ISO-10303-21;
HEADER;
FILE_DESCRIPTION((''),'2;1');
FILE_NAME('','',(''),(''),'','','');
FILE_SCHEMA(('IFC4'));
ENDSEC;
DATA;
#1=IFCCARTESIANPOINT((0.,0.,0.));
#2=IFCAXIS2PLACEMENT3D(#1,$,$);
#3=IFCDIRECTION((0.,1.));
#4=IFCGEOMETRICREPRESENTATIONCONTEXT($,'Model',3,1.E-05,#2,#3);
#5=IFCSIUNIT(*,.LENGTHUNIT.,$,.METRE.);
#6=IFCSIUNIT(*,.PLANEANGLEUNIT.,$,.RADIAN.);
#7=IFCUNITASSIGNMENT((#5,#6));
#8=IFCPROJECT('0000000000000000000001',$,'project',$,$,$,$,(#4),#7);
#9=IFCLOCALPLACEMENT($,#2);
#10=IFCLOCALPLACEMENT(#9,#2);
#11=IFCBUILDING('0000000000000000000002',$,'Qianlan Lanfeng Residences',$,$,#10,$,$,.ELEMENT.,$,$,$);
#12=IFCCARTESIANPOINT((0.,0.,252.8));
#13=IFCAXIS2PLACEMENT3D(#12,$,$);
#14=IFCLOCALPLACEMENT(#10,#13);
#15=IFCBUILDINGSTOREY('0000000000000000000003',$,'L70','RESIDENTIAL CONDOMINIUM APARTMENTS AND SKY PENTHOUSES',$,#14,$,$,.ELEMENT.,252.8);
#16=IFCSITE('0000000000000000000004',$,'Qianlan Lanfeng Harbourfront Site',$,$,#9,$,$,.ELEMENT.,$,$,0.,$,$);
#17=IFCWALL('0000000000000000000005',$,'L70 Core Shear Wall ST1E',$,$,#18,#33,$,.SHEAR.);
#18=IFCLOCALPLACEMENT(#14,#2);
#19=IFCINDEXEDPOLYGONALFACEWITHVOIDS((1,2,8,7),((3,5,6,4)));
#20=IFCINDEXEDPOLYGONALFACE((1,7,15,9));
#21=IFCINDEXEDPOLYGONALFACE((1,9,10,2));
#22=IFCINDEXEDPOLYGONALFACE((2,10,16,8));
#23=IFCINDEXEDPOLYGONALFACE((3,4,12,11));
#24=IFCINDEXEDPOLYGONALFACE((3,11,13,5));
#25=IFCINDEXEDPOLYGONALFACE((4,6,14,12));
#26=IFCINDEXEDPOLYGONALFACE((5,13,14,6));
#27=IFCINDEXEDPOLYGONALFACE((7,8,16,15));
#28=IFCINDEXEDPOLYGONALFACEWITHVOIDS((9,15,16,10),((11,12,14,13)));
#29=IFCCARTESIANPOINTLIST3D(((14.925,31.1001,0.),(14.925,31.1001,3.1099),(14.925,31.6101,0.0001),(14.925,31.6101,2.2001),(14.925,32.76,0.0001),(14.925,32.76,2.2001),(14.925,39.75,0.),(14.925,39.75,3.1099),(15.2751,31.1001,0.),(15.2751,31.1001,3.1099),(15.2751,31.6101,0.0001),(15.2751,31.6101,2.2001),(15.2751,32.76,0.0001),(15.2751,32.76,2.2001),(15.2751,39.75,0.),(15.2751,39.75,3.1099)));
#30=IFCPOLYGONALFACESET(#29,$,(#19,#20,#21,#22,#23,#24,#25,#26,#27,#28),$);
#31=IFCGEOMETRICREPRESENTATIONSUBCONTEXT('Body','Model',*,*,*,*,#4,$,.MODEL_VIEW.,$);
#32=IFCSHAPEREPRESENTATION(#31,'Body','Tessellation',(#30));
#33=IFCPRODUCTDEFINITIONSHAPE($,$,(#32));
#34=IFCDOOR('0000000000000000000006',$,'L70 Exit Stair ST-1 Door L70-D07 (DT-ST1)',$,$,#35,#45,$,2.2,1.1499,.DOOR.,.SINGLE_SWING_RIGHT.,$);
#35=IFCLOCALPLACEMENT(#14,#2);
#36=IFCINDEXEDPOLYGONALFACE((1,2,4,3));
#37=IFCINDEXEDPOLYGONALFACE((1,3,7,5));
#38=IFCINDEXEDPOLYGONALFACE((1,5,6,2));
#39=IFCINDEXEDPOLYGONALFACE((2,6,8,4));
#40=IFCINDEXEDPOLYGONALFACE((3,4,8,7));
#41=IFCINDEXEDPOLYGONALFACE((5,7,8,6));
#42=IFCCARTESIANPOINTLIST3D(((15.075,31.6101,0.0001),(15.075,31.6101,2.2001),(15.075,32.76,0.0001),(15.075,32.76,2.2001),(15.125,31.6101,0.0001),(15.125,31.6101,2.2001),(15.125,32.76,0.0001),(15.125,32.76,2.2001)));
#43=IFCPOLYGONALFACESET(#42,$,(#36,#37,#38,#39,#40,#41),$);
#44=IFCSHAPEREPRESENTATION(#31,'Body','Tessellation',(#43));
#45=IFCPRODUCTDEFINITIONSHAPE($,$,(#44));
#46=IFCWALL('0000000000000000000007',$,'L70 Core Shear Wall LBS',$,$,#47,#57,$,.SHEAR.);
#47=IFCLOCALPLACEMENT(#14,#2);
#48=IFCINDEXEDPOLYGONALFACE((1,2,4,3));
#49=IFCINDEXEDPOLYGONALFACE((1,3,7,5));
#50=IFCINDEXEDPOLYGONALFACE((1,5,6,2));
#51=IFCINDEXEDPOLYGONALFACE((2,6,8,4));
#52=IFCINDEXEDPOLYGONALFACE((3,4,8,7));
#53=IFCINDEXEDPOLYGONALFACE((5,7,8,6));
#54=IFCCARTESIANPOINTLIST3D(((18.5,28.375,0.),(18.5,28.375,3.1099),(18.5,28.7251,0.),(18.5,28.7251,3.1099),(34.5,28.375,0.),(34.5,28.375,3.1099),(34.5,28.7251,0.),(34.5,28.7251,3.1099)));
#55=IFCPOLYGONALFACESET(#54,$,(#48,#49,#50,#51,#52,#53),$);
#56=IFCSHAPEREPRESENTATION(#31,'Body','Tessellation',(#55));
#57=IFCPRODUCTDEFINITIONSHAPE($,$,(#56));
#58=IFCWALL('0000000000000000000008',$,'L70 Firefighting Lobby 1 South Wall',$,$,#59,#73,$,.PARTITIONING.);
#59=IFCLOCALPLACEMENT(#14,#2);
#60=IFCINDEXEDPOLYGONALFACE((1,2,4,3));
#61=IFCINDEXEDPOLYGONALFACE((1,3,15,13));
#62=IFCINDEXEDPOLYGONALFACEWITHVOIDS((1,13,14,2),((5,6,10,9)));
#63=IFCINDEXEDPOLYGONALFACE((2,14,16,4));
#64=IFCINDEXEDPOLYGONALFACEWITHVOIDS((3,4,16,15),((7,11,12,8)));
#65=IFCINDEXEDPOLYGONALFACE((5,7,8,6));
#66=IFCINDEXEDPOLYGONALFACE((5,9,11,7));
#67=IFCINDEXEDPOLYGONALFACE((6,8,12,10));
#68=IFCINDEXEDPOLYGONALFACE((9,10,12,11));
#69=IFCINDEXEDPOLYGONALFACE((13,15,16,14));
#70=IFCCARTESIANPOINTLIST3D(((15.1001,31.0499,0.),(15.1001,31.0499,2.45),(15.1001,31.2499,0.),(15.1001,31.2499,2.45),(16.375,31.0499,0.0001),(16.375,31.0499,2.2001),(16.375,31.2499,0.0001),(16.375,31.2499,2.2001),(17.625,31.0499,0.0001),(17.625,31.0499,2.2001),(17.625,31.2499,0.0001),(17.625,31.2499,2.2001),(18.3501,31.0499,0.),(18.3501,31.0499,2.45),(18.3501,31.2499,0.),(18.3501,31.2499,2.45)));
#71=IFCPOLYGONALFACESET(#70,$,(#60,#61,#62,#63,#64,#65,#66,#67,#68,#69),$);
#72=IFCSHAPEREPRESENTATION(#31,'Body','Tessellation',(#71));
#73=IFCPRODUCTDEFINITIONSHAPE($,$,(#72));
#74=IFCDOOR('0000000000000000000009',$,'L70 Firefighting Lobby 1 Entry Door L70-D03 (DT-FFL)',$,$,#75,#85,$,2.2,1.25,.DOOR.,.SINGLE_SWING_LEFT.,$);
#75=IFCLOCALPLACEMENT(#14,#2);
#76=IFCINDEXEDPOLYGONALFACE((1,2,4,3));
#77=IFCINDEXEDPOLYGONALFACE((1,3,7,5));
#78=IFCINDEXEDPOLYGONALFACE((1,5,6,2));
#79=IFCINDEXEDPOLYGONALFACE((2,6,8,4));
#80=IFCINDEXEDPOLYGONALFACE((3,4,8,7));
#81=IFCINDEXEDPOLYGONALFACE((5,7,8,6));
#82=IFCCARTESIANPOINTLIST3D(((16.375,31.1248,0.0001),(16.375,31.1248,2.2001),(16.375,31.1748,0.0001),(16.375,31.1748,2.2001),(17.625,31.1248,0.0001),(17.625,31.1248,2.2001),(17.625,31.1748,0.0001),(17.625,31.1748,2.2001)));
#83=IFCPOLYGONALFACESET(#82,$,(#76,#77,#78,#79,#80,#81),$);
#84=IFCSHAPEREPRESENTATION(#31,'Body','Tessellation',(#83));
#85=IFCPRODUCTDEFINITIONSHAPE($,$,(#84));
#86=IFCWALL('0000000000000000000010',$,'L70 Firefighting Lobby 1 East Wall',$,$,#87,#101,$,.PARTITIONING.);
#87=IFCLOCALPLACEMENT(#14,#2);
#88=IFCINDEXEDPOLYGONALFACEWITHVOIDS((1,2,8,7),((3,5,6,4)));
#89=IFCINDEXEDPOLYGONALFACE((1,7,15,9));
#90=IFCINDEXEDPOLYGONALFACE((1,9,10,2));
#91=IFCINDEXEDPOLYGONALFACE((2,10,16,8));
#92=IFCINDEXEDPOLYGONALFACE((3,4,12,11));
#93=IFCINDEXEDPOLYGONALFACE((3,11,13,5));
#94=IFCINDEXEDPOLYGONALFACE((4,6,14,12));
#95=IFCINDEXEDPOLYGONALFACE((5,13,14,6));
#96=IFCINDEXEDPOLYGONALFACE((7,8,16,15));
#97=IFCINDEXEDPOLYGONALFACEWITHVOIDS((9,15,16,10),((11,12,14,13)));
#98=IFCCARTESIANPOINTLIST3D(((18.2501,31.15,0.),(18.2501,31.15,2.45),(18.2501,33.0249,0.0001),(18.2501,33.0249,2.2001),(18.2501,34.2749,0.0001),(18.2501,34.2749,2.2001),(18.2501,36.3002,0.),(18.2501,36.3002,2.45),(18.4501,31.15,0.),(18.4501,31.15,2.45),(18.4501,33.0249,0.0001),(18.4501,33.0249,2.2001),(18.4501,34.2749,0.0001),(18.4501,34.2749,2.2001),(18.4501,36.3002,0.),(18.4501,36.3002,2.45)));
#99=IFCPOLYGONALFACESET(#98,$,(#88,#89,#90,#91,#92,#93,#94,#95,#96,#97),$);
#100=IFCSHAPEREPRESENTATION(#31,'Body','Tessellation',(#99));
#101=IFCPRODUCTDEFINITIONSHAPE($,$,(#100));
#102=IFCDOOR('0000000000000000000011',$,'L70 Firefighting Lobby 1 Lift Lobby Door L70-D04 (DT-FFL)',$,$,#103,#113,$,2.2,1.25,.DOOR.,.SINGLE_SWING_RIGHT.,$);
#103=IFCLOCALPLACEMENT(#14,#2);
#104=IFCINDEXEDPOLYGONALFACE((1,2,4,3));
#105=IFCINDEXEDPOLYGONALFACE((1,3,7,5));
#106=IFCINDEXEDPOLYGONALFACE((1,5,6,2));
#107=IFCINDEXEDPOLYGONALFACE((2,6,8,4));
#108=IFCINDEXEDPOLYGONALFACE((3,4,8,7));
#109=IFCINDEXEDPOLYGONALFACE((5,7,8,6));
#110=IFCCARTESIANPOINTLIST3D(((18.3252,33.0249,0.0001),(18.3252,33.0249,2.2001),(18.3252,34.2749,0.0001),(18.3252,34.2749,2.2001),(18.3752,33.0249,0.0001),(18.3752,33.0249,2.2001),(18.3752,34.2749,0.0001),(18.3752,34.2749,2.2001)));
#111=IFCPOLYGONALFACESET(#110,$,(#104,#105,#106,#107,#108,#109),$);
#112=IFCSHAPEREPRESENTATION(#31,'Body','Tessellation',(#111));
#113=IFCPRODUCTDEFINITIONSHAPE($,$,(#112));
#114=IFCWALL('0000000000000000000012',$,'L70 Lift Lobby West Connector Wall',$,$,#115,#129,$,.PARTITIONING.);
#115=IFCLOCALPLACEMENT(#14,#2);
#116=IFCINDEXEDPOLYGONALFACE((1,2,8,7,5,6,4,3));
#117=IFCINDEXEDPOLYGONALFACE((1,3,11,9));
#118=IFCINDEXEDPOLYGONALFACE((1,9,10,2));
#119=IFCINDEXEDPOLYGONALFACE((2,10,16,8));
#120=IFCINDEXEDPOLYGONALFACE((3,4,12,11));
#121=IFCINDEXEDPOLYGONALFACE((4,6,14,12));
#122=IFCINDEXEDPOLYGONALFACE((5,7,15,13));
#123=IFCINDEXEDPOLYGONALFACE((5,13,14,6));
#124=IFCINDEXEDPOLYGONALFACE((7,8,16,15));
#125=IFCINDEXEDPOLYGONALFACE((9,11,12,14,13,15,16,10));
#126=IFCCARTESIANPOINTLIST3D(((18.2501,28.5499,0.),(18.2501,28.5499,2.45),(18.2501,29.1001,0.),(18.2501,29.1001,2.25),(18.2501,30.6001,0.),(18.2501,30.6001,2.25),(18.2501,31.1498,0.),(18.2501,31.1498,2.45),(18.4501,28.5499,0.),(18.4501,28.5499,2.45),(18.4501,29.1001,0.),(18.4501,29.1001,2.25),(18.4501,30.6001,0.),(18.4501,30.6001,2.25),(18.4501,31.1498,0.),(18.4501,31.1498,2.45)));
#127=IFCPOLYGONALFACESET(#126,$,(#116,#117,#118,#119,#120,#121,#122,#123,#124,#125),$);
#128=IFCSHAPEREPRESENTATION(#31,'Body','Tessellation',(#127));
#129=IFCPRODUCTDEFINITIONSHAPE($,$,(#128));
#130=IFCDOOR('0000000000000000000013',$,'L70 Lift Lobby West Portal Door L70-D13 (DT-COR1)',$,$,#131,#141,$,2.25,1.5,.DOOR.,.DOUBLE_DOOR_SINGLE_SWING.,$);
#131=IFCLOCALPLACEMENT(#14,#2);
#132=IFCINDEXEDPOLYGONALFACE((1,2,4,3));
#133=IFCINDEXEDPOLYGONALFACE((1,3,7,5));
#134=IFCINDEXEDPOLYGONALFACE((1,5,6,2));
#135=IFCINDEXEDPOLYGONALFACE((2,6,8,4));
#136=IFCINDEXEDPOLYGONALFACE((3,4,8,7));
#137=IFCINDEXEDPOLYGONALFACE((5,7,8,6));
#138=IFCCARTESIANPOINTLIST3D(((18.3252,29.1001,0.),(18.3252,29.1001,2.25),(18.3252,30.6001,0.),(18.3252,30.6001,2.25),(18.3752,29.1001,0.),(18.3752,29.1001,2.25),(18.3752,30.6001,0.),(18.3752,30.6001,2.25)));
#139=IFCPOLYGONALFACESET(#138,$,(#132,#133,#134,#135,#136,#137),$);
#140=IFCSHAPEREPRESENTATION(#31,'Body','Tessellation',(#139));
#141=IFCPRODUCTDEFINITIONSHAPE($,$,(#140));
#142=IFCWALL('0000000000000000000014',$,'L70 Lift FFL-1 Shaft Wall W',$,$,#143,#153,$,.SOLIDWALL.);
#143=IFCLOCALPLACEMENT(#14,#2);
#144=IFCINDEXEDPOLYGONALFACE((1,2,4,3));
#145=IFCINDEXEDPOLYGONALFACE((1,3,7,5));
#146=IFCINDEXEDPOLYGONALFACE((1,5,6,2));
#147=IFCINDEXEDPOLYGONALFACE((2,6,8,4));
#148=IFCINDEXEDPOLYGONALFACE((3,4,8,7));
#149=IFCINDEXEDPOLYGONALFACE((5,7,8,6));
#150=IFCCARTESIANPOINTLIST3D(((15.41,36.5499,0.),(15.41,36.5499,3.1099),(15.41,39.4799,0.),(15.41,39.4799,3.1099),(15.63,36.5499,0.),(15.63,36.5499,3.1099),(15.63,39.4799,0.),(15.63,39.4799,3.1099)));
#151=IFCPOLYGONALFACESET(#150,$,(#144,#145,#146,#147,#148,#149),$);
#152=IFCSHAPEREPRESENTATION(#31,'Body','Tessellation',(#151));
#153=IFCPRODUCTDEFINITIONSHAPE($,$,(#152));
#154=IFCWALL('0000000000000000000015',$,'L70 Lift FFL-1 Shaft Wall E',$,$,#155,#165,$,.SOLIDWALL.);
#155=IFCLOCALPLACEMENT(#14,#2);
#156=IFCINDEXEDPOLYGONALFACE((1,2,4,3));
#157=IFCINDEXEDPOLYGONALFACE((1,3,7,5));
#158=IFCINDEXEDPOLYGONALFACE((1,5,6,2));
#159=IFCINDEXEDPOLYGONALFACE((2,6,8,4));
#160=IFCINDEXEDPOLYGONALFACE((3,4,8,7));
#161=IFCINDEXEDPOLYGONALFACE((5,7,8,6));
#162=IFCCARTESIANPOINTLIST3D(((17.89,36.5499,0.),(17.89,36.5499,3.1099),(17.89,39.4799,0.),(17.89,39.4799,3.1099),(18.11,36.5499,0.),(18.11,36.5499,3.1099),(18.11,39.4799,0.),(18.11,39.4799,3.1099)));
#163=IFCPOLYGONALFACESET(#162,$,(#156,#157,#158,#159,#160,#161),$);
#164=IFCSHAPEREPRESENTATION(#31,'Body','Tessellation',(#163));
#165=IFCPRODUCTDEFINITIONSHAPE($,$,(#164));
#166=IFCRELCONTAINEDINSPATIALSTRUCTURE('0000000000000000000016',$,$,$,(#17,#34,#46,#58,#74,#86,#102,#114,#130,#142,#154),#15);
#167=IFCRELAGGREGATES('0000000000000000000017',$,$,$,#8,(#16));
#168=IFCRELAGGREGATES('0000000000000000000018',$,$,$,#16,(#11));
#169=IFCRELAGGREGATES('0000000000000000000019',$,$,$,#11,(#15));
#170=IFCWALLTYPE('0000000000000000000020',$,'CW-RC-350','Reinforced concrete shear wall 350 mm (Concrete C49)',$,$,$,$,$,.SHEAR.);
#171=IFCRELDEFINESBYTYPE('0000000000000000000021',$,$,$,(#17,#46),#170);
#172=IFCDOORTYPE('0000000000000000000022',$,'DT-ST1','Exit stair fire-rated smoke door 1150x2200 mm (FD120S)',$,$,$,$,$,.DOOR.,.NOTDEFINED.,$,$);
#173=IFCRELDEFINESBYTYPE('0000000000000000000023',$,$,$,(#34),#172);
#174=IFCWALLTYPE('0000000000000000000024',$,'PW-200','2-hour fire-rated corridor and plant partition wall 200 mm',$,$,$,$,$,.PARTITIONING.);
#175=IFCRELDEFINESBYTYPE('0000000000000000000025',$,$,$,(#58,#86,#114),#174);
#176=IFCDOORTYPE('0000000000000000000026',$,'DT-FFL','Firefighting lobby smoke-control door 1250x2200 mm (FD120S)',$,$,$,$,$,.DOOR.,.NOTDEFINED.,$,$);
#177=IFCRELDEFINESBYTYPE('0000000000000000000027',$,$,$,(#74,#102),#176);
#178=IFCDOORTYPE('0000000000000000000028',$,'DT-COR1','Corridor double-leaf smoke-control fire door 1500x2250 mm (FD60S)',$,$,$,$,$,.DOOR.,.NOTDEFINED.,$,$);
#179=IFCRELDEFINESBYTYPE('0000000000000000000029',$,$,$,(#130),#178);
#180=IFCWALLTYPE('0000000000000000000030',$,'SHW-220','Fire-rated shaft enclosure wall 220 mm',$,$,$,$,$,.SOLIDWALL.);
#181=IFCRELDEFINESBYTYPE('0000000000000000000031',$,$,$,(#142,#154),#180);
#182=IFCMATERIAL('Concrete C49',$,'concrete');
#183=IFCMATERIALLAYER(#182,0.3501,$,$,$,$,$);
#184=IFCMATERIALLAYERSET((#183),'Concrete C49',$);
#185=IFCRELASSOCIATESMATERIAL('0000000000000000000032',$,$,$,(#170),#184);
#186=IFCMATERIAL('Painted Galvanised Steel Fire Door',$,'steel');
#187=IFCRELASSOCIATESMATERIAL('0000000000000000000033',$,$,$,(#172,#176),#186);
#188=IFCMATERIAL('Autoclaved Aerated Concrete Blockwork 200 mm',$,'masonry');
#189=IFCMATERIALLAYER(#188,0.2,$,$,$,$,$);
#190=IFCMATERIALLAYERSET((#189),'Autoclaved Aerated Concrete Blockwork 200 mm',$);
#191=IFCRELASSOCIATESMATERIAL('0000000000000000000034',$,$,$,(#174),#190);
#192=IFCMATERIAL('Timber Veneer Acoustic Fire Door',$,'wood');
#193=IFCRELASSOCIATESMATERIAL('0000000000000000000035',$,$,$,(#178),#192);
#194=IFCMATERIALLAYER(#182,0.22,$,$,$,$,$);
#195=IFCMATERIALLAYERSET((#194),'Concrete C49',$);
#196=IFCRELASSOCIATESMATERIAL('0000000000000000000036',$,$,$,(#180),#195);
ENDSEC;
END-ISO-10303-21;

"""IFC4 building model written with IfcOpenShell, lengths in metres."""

from ifc_helpers import new_model, si_unit, direction, frame, frame_2d, origin, place, context, subcontext, project, spatial, rectangle, extrude, material, layer, layer_set, type_object, element, fill, save


model = new_model("IFC4")

# Units and contexts
model_context = context("Model", 3, precision=1e-05, world=origin(), true_north=direction((0.0, 1.0)))
body_context = subcontext(model_context, "Body", "Model", "MODEL_VIEW")
ifc_project = project(units=[si_unit("LENGTHUNIT", "METRE"), si_unit("PLANEANGLEUNIT", "RADIAN")], contexts=[model_context])

# Site, building, storey
site_placement = place(None, origin())
site = spatial("IfcSite", under=ifc_project, at=site_placement, Name="Qianlan Lanfeng Harbourfront Site", CompositionType="ELEMENT", RefElevation=0.0)
building_placement = place(site_placement, origin())
building = spatial("IfcBuilding", under=site, at=building_placement, Name="Qianlan Lanfeng Residences", CompositionType="ELEMENT")
storey_placement = place(building_placement, frame((0.0, 0.0, 252.8)))
storey = spatial("IfcBuildingStorey", under=building, at=storey_placement, Name="L70", Description="RESIDENTIAL CONDOMINIUM APARTMENTS AND SKY PENTHOUSES", CompositionType="ELEMENT", Elevation=252.8)

# Wall, opening, door
ifc_material_1 = material(Name="Concrete C49", Category="concrete")
ifc_layer_1 = layer(ifc_material_1, 0.3501)
ifc_layer_set_1 = layer_set([ifc_layer_1], Name="Concrete C49")
wall_type_1 = type_object("IfcWallType", Name="CW-RC-350", Description="Reinforced concrete shear wall 350 mm (Concrete C49)", PredefinedType="SHEAR", material=ifc_layer_set_1)
wall_1_placement = place(storey_placement, frame((15.1001, 31.1001, 0.0), z_axis=(0.0, 0.0, 1.0), x_axis=(0.0, 1.0, 0.0)))
wall_1 = element("IfcWall", 1, at=wall_1_placement, inside=storey, type_object=wall_type_1, Name="L70 Core Shear Wall ST1E", PredefinedType="SHEAR", context=body_context, shape_type="SweptSolid", body=[
    extrude(rectangle(XDim=8.6499, YDim=0.3501, at=frame_2d((4.325, 0.0))), origin(), (0.0, 0.0, 1.0), 3.1099),
])
opening_1_placement = place(wall_1_placement, frame((0.51, 0.0, 0.0)))
opening_1 = element("IfcOpeningElement", 2, at=opening_1_placement, cuts=wall_1, PredefinedType="OPENING", context=body_context, shape_type="SweptSolid", body=[
    extrude(rectangle(XDim=1.1499, YDim=2.2, at=frame_2d((0.575, 1.1001))), frame((0.0, 0.1851, 0.0), z_axis=(0.0, -1.0, 0.0), x_axis=(1.0, 0.0, 0.0)), (0.0, 0.0, 1.0), 0.3701),
])
ifc_material_2 = material(Name="Painted Galvanised Steel Fire Door", Category="steel")
door_type_1 = type_object("IfcDoorType", Name="DT-ST1", Description="Exit stair fire-rated smoke door 1150x2200 mm (FD120S)", OperationType="NOTDEFINED", PredefinedType="DOOR", material=ifc_material_2)
door_1_placement = place(opening_1_placement, frame((1.1499, 0.0, 0.0), z_axis=(0.0, 0.0, 1.0), x_axis=(-1.0, 0.0, 0.0)))
door_1 = element("IfcDoor", 3, at=door_1_placement, inside=storey, type_object=door_type_1, Name="L70 Exit Stair ST-1 Door L70-D07 (DT-ST1)", OperationType="SINGLE_SWING_RIGHT", OverallHeight=2.2, OverallWidth=1.1499, PredefinedType="DOOR", context=body_context, shape_type="SweptSolid", body=[
    extrude(rectangle(XDim=1.1499, YDim=2.2, at=frame_2d((0.575, 1.1001))), frame((0.0, 0.0249, 0.0), z_axis=(0.0, -1.0, 0.0), x_axis=(1.0, 0.0, 0.0)), (0.0, 0.0, 1.0), 0.05),
])
fill(opening_1, door_1)

# Wall
wall_2_placement = place(storey_placement, frame((18.5, 28.55, 0.0), z_axis=(0.0, 0.0, 1.0), x_axis=(1.0, 0.0, 0.0)))
element("IfcWall", 4, at=wall_2_placement, inside=storey, type_object=wall_type_1, Name="L70 Core Shear Wall LBS", PredefinedType="SHEAR", context=body_context, shape_type="SweptSolid", body=[
    extrude(rectangle(XDim=16.0, YDim=0.3501, at=frame_2d((8.0, 0.0))), origin(), (0.0, 0.0, 1.0), 3.1099),
])

# Walls, openings, doors
ifc_material_3 = material(Name="Autoclaved Aerated Concrete Blockwork 200 mm", Category="masonry")
ifc_layer_2 = layer(ifc_material_3, 0.2)
ifc_layer_set_2 = layer_set([ifc_layer_2], Name="Autoclaved Aerated Concrete Blockwork 200 mm")
wall_type_2 = type_object("IfcWallType", Name="PW-200", Description="2-hour fire-rated corridor and plant partition wall 200 mm", PredefinedType="PARTITIONING", material=ifc_layer_set_2)
wall_3_placement = place(storey_placement, frame((15.1001, 31.1499, 0.0), z_axis=(0.0, 0.0, 1.0), x_axis=(1.0, 0.0, 0.0)))
wall_3 = element("IfcWall", 5, at=wall_3_placement, inside=storey, type_object=wall_type_2, Name="L70 Firefighting Lobby 1 South Wall", PredefinedType="PARTITIONING", context=body_context, shape_type="SweptSolid", body=[
    extrude(rectangle(XDim=3.25, YDim=0.2, at=frame_2d((1.625, 0.0))), origin(), (0.0, 0.0, 1.0), 2.45),
])
opening_2_placement = place(wall_3_placement, frame((1.2749, 0.0, 0.0)))
opening_2 = element("IfcOpeningElement", 6, at=opening_2_placement, cuts=wall_3, PredefinedType="OPENING", context=body_context, shape_type="SweptSolid", body=[
    extrude(rectangle(XDim=1.25, YDim=2.2, at=frame_2d((0.625, 1.1001))), frame((0.0, 0.1099, 0.0), z_axis=(0.0, -1.0, 0.0), x_axis=(1.0, 0.0, 0.0)), (0.0, 0.0, 1.0), 0.22),
])
door_type_2 = type_object("IfcDoorType", Name="DT-FFL", Description="Firefighting lobby smoke-control door 1250x2200 mm (FD120S)", OperationType="NOTDEFINED", PredefinedType="DOOR", material=ifc_material_2)
door_2_placement = place(opening_2_placement, origin())
door_2 = element("IfcDoor", 7, at=door_2_placement, inside=storey, type_object=door_type_2, Name="L70 Firefighting Lobby 1 Entry Door L70-D03 (DT-FFL)", OperationType="SINGLE_SWING_LEFT", OverallHeight=2.2, OverallWidth=1.25, PredefinedType="DOOR", context=body_context, shape_type="SweptSolid", body=[
    extrude(rectangle(XDim=1.25, YDim=2.2, at=frame_2d((0.625, 1.1001))), frame((0.0, 0.0249, 0.0), z_axis=(0.0, -1.0, 0.0), x_axis=(1.0, 0.0, 0.0)), (0.0, 0.0, 1.0), 0.05),
])
fill(opening_2, door_2)
wall_4_placement = place(storey_placement, frame((18.3501, 31.1499, 0.0), z_axis=(0.0, 0.0, 1.0), x_axis=(0.0, 1.0, 0.0)))
wall_4 = element("IfcWall", 8, at=wall_4_placement, inside=storey, type_object=wall_type_2, Name="L70 Firefighting Lobby 1 East Wall", PredefinedType="PARTITIONING", context=body_context, shape_type="SweptSolid", body=[
    extrude(rectangle(XDim=5.1501, YDim=0.2, at=frame_2d((2.5752, 0.0))), origin(), (0.0, 0.0, 1.0), 2.45),
])
opening_3_placement = place(wall_4_placement, frame((1.875, 0.0, 0.0)))
opening_3 = element("IfcOpeningElement", 9, at=opening_3_placement, cuts=wall_4, PredefinedType="OPENING", context=body_context, shape_type="SweptSolid", body=[
    extrude(rectangle(XDim=1.25, YDim=2.2, at=frame_2d((0.625, 1.1001))), frame((0.0, 0.1099, 0.0), z_axis=(0.0, -1.0, 0.0), x_axis=(1.0, 0.0, 0.0)), (0.0, 0.0, 1.0), 0.22),
])
door_3_placement = place(opening_3_placement, origin())
door_3 = element("IfcDoor", 10, at=door_3_placement, inside=storey, type_object=door_type_2, Name="L70 Firefighting Lobby 1 Lift Lobby Door L70-D04 (DT-FFL)", OperationType="SINGLE_SWING_RIGHT", OverallHeight=2.2, OverallWidth=1.25, PredefinedType="DOOR", context=body_context, shape_type="SweptSolid", body=[
    extrude(rectangle(XDim=1.25, YDim=2.2, at=frame_2d((0.625, 1.1001))), frame((0.0, 0.0249, 0.0), z_axis=(0.0, -1.0, 0.0), x_axis=(1.0, 0.0, 0.0)), (0.0, 0.0, 1.0), 0.05),
])
fill(opening_3, door_3)
wall_5_placement = place(storey_placement, frame((18.3501, 28.55, 0.0), z_axis=(0.0, 0.0, 1.0), x_axis=(0.0, 1.0, 0.0)))
wall_5 = element("IfcWall", 11, at=wall_5_placement, inside=storey, type_object=wall_type_2, Name="L70 Lift Lobby West Connector Wall", PredefinedType="PARTITIONING", context=body_context, shape_type="SweptSolid", body=[
    extrude(rectangle(XDim=2.5999, YDim=0.2, at=frame_2d((1.2998, 0.0))), origin(), (0.0, 0.0, 1.0), 2.45),
])
opening_4_placement = place(wall_5_placement, frame((0.55, 0.0, 0.0)))
opening_4 = element("IfcOpeningElement", 12, at=opening_4_placement, cuts=wall_5, PredefinedType="OPENING", context=body_context, shape_type="SweptSolid", body=[
    extrude(rectangle(XDim=1.5, YDim=2.25, at=frame_2d((0.75, 1.125))), frame((0.0, 0.1099, 0.0), z_axis=(0.0, -1.0, 0.0), x_axis=(1.0, 0.0, 0.0)), (0.0, 0.0, 1.0), 0.22),
])
ifc_material_4 = material(Name="Timber Veneer Acoustic Fire Door", Category="wood")
door_type_3 = type_object("IfcDoorType", Name="DT-COR1", Description="Corridor double-leaf smoke-control fire door 1500x2250 mm (FD60S)", OperationType="NOTDEFINED", PredefinedType="DOOR", material=ifc_material_4)
door_4_placement = place(opening_4_placement, origin())
door_4 = element("IfcDoor", 13, at=door_4_placement, inside=storey, type_object=door_type_3, Name="L70 Lift Lobby West Portal Door L70-D13 (DT-COR1)", OperationType="DOUBLE_DOOR_SINGLE_SWING", OverallHeight=2.25, OverallWidth=1.5, PredefinedType="DOOR", context=body_context, shape_type="SweptSolid", body=[
    extrude(rectangle(XDim=1.5, YDim=2.25, at=frame_2d((0.75, 1.125))), frame((0.0, 0.0249, 0.0), z_axis=(0.0, -1.0, 0.0), x_axis=(1.0, 0.0, 0.0)), (0.0, 0.0, 1.0), 0.05),
])
fill(opening_4, door_4)

# Walls
ifc_layer_3 = layer(ifc_material_1, 0.22)
ifc_layer_set_3 = layer_set([ifc_layer_3], Name="Concrete C49")
wall_type_3 = type_object("IfcWallType", Name="SHW-220", Description="Fire-rated shaft enclosure wall 220 mm", PredefinedType="SOLIDWALL", material=ifc_layer_set_3)
for number, where, z_axis, x_axis, name in (
    (14, (15.52, 36.55, 0.0), (0.0, 0.0, 1.0), (0.0, 1.0, 0.0), "L70 Lift FFL-1 Shaft Wall W"),
    (15, (18.0, 36.55, 0.0), (0.0, 0.0, 1.0), (0.0, 1.0, 0.0), "L70 Lift FFL-1 Shaft Wall E"),
):
    element("IfcWall", number, at=place(storey_placement, frame(where, z_axis=z_axis, x_axis=x_axis)), inside=storey, type_object=wall_type_3, Name=name, PredefinedType="SOLIDWALL", context=body_context, shape_type="SweptSolid", body=[
        extrude(rectangle(XDim=2.9299, YDim=0.22, at=frame_2d((1.4648, 0.0))), origin(), (0.0, 0.0, 1.0), 3.1099),
    ])

save(model, "model.ifc")
